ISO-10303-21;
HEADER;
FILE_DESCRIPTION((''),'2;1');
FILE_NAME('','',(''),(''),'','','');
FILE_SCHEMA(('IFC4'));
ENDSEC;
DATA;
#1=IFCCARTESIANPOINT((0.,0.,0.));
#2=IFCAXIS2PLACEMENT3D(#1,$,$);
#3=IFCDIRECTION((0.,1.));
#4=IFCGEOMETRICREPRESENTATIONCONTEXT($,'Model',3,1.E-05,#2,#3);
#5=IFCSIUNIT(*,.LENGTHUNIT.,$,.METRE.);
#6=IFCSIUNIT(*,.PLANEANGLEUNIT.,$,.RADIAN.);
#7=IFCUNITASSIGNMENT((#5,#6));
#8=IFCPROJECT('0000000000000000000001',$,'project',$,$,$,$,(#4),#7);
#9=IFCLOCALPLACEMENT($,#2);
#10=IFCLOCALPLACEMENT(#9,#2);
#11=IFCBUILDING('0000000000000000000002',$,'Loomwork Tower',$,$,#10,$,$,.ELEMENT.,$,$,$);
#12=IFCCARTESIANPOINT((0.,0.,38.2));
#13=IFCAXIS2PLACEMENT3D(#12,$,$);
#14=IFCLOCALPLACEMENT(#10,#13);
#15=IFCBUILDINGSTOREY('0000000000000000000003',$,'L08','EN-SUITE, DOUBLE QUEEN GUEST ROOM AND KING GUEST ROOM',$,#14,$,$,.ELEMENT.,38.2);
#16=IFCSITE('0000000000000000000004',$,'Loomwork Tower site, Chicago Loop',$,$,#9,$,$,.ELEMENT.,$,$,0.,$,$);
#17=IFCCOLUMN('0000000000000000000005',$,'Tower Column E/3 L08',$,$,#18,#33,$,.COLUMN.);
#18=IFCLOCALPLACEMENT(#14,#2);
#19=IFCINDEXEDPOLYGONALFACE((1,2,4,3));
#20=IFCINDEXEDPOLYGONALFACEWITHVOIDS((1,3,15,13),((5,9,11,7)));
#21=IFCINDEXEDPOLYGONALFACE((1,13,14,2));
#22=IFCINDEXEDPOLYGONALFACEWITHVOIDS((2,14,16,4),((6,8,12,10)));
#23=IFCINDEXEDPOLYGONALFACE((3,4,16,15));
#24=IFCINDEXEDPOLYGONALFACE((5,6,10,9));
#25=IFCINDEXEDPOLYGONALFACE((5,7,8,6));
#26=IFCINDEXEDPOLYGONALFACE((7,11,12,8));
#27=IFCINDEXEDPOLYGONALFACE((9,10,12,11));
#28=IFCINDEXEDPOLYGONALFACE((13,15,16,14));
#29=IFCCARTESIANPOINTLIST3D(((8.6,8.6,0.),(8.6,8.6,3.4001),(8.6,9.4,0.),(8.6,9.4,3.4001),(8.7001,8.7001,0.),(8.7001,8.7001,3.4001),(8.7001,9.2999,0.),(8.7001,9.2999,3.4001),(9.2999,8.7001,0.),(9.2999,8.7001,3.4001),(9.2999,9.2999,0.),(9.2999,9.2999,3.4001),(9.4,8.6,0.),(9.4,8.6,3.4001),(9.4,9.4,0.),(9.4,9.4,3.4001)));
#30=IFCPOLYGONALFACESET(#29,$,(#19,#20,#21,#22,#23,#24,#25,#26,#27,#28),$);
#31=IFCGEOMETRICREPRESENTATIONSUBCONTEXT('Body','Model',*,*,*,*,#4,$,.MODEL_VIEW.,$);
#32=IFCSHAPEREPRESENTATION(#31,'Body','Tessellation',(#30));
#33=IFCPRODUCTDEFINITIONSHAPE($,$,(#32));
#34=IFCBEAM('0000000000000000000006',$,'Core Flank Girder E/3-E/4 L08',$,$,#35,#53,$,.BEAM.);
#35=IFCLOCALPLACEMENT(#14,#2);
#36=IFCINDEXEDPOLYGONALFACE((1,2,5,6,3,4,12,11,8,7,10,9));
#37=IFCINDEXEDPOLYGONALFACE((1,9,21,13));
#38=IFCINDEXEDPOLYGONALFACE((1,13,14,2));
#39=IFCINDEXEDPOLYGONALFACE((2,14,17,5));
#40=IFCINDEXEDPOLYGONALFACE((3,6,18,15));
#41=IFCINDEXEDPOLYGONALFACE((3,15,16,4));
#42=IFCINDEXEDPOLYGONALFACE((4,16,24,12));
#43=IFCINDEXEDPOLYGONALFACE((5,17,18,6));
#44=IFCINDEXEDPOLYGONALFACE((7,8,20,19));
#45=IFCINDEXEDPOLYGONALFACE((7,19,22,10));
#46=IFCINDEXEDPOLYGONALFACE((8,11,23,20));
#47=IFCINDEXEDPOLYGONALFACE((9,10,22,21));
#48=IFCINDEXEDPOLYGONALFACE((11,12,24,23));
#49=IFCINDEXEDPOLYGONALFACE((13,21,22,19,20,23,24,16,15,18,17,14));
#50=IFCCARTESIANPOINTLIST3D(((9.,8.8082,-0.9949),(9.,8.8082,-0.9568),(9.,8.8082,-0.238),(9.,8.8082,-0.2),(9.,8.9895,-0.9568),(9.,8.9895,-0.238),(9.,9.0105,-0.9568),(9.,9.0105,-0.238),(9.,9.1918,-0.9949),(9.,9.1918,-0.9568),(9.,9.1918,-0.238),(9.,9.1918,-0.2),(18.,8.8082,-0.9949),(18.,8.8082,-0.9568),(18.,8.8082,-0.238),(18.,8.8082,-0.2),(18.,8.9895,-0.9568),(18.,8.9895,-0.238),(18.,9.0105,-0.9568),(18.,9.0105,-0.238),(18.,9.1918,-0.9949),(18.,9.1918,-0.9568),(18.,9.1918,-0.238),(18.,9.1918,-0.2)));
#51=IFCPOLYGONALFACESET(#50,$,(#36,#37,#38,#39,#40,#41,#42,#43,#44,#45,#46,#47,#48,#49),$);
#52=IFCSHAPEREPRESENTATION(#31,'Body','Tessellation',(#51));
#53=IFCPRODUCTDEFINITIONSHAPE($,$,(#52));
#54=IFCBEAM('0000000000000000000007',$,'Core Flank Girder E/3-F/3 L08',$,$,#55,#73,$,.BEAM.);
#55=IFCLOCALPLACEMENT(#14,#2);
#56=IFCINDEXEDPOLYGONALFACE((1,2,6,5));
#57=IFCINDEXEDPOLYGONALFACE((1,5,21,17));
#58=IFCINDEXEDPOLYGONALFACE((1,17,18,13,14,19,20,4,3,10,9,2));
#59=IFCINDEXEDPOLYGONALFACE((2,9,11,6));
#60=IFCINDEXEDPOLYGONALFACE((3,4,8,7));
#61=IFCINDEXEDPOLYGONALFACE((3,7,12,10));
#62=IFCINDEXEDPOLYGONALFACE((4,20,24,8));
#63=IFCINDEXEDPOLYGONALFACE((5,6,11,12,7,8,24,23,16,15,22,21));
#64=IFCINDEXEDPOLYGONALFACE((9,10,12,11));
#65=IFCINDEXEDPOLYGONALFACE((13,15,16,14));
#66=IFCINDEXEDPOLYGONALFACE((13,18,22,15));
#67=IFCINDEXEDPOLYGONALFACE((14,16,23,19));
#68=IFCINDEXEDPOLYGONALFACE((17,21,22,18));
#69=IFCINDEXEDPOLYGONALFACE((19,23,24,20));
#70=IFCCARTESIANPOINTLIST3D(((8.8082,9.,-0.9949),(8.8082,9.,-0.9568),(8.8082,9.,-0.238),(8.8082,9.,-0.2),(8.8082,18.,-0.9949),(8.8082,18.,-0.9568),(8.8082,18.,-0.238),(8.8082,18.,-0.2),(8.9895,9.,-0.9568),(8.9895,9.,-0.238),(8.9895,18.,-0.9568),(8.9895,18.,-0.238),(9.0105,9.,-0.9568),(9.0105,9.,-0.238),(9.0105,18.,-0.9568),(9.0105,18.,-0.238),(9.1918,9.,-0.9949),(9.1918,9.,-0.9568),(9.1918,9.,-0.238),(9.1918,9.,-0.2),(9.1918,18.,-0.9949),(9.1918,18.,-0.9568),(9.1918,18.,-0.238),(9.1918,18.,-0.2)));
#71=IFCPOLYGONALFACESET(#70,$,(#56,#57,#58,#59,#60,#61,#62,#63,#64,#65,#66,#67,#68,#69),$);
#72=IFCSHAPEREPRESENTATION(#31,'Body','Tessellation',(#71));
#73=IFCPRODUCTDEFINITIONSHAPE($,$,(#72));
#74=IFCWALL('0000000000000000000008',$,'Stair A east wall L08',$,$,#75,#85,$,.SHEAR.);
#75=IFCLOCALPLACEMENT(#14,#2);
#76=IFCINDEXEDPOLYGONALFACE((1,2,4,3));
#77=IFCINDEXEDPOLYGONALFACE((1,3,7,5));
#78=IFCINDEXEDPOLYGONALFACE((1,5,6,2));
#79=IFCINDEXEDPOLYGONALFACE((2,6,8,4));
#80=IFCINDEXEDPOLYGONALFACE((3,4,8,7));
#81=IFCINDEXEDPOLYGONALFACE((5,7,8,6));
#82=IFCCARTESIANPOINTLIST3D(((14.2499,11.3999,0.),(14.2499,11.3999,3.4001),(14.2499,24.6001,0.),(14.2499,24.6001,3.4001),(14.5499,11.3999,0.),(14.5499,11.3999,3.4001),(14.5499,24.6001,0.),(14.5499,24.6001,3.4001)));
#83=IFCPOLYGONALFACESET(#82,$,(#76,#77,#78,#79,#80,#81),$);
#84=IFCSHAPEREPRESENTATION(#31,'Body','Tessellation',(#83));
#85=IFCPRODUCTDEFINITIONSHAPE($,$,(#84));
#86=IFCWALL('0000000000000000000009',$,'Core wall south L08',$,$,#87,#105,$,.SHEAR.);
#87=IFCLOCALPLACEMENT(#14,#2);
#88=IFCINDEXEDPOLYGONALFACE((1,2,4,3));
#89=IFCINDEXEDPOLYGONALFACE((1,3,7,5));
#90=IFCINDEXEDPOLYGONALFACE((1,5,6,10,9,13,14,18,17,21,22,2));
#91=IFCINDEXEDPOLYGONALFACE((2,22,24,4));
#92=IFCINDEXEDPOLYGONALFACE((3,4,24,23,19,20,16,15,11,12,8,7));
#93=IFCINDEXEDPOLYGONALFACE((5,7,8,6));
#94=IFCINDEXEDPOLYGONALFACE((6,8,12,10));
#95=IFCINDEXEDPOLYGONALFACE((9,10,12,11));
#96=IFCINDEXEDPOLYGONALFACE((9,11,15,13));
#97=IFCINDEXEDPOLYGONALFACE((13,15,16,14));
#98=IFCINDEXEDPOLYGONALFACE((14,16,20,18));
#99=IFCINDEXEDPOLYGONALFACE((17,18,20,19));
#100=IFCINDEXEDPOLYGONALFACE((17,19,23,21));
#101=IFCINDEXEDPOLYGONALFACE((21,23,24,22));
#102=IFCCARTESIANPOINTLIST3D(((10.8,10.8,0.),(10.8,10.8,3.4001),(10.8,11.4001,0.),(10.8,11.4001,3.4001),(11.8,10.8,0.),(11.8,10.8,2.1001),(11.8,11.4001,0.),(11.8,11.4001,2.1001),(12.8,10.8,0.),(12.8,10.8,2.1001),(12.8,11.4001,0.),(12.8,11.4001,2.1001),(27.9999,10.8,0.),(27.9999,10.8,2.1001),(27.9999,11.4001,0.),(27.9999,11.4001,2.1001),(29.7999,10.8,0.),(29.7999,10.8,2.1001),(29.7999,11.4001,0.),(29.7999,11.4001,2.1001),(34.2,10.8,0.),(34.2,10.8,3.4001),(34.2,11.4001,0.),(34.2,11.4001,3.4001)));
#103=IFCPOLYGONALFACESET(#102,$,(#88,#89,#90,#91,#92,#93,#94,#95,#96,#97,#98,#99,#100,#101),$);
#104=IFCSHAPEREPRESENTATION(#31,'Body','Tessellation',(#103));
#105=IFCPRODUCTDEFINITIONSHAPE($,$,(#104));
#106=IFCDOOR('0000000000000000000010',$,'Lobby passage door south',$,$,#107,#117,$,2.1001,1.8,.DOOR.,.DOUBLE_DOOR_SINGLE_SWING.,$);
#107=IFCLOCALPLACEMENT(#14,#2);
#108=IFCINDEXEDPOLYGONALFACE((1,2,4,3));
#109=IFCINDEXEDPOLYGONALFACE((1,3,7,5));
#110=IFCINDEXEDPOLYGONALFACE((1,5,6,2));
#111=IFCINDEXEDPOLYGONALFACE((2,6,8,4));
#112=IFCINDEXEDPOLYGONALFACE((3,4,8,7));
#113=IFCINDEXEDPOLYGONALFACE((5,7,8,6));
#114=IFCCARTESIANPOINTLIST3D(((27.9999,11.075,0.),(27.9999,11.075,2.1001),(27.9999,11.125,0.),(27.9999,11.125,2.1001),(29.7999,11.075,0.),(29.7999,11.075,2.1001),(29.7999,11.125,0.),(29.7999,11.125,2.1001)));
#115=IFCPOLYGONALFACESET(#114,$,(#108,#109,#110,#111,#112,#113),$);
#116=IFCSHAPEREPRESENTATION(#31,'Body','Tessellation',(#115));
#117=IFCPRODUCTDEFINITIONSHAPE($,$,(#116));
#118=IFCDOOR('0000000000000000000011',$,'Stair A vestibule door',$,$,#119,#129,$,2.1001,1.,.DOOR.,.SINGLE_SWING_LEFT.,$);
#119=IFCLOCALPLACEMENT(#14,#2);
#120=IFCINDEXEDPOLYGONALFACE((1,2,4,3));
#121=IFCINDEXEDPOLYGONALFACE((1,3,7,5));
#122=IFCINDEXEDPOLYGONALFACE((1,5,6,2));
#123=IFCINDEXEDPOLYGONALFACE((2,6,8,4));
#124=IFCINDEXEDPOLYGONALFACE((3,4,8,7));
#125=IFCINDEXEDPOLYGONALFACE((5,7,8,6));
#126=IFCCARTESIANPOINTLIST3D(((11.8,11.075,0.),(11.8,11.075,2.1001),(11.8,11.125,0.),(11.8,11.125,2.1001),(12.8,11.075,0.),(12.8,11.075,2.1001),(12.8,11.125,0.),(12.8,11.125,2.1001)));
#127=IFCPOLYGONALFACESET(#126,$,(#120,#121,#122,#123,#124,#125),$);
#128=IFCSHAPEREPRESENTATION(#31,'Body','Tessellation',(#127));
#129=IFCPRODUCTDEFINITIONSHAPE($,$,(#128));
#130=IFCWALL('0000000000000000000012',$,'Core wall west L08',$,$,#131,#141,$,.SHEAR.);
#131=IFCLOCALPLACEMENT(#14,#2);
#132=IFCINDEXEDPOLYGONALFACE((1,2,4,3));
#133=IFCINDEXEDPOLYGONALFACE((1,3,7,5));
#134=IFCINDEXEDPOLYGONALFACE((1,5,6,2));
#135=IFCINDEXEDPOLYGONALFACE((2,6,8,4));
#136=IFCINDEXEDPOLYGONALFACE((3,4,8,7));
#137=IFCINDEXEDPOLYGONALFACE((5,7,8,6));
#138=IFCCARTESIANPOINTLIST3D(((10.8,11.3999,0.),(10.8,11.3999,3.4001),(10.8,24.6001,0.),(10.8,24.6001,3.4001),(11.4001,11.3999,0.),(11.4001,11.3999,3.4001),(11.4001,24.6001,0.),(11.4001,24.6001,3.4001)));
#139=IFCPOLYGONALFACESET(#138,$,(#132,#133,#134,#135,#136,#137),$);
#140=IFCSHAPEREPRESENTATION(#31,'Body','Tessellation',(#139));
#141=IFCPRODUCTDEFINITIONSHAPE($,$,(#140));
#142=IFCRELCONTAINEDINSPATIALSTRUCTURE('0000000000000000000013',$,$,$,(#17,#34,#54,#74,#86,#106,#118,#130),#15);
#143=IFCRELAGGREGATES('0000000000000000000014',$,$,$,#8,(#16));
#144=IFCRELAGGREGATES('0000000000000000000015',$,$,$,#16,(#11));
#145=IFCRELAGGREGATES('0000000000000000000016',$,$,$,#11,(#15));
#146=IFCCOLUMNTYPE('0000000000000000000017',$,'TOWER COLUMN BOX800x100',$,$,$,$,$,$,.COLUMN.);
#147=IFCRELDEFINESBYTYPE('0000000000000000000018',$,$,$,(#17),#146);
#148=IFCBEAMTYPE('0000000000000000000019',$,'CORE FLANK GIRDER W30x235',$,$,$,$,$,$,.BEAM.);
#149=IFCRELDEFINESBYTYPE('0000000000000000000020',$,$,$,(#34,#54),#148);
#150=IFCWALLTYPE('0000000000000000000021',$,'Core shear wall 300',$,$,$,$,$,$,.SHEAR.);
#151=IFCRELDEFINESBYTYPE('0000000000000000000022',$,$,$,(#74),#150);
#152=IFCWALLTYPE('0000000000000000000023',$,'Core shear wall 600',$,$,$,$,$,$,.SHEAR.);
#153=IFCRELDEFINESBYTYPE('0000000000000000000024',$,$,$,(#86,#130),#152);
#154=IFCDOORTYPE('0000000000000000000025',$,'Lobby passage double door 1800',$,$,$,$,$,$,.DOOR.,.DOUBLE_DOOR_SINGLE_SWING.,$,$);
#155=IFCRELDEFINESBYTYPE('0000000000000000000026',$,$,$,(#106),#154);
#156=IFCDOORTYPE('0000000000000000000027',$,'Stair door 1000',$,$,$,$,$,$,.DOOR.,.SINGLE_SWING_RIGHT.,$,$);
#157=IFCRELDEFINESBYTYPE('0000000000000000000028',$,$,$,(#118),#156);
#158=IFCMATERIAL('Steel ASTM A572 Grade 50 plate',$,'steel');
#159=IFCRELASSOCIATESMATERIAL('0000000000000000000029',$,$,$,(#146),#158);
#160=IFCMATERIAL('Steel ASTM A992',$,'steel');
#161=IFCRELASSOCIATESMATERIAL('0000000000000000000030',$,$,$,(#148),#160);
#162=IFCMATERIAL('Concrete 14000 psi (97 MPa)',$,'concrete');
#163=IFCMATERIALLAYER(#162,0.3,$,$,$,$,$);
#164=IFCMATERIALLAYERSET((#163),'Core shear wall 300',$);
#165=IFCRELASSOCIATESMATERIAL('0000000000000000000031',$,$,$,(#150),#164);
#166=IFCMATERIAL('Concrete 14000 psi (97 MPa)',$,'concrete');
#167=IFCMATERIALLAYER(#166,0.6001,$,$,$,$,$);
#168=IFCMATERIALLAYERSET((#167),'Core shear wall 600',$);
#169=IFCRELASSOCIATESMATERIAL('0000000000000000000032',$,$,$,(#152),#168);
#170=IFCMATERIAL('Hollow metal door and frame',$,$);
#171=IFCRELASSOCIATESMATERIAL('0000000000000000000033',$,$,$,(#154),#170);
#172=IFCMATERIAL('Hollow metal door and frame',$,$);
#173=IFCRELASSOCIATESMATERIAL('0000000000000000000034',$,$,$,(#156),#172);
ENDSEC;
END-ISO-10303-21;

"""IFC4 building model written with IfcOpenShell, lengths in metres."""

from ifc_helpers import new_model, si_unit, direction, frame, frame_2d, origin, origin_2d, place, context, subcontext, project, spatial, rectangle, hollow_rectangle, i_section, extrude, material, layer, layer_set, material_profile, profile_set, type_object, element, fill, save


model = new_model("IFC4")

# Units and contexts
model_context = context("Model", 3, precision=1e-05, world=origin(), true_north=direction((0.0, 1.0)))
body_context = subcontext(model_context, "Body", "Model", "MODEL_VIEW")
ifc_project = project(units=[si_unit("LENGTHUNIT", "METRE"), si_unit("PLANEANGLEUNIT", "RADIAN")], contexts=[model_context])

# Site, building, storey
site_placement = place(None, origin())
site = spatial("IfcSite", under=ifc_project, at=site_placement, Name="Loomwork Tower site, Chicago Loop", CompositionType="ELEMENT", RefElevation=0.0)
building_placement = place(site_placement, origin())
building = spatial("IfcBuilding", under=site, at=building_placement, Name="Loomwork Tower", CompositionType="ELEMENT")
storey_placement = place(building_placement, frame((0.0, 0.0, 38.2)))
storey = spatial("IfcBuildingStorey", under=building, at=storey_placement, Name="L08", Description="EN-SUITE, DOUBLE QUEEN GUEST ROOM AND KING GUEST ROOM", CompositionType="ELEMENT", Elevation=38.2)

# Column
ifc_material_1 = material(Name="Steel ASTM A572 Grade 50 plate", Category="steel")
ifc_material_profile_1 = material_profile(ifc_material_1, hollow_rectangle(XDim=0.8, YDim=0.8, WallThickness=0.1001, at=origin_2d()), Name="BOX800x100")
ifc_profile_set_1 = profile_set([ifc_material_profile_1], Name="Steel ASTM A572 Grade 50 plate")
column_type = type_object("IfcColumnType", Name="TOWER COLUMN BOX800x100", PredefinedType="COLUMN", material=ifc_profile_set_1)
column_placement = place(storey_placement, frame((9.0, 9.0, 0.0), z_axis=(0.0, 0.0, 1.0), x_axis=(1.0, 0.0, 0.0)))
element("IfcColumn", 1, at=column_placement, inside=storey, type_object=column_type, Name="Tower Column E/3 L08", PredefinedType="COLUMN", context=body_context, shape_type="SweptSolid", body=[
    extrude(hollow_rectangle(XDim=0.8, YDim=0.8, WallThickness=0.1001, at=origin_2d()), origin(), (0.0, 0.0, 1.0), 3.4001),
])

# Beams
ifc_material_2 = material(Name="Steel ASTM A992", Category="steel")
ifc_material_profile_2 = material_profile(ifc_material_2, i_section(OverallWidth=0.3835, OverallDepth=0.7949, WebThickness=0.021, FlangeThickness=0.0381, at=origin_2d()), Name="W30x235")
ifc_profile_set_2 = profile_set([ifc_material_profile_2], Name="Steel ASTM A992")
beam_type = type_object("IfcBeamType", Name="CORE FLANK GIRDER W30x235", PredefinedType="BEAM", material=ifc_profile_set_2)
for number, where, z_axis, x_axis, name in (
    (2, (9.0, 9.0, -0.5974), (1.0, 0.0, 0.0), (0.0, 1.0, 0.0), "Core Flank Girder E/3-E/4 L08"),
    (3, (9.0, 9.0, -0.5974), (0.0, 1.0, 0.0), (-1.0, 0.0, 0.0), "Core Flank Girder E/3-F/3 L08"),
):
    element("IfcBeam", number, at=place(storey_placement, frame(where, z_axis=z_axis, x_axis=x_axis)), inside=storey, type_object=beam_type, Name=name, PredefinedType="BEAM", context=body_context, shape_type="SweptSolid", body=[
        extrude(i_section(OverallWidth=0.3835, OverallDepth=0.7949, WebThickness=0.021, FlangeThickness=0.0381, at=origin_2d()), origin(), (0.0, 0.0, 1.0), 9.0),
    ])

# Wall
ifc_material_3 = material(Name="Concrete 14000 psi (97 MPa)", Category="concrete")
ifc_layer_1 = layer(ifc_material_3, 0.3)
ifc_layer_set_1 = layer_set([ifc_layer_1], Name="Core shear wall 300")
wall_type_1 = type_object("IfcWallType", Name="Core shear wall 300", PredefinedType="SHEAR", material=ifc_layer_set_1)
wall_1_placement = place(storey_placement, frame((14.3999, 11.3999, 0.0), z_axis=(0.0, 0.0, 1.0), x_axis=(0.0, 1.0, 0.0)))
element("IfcWall", 4, at=wall_1_placement, inside=storey, type_object=wall_type_1, Name="Stair A east wall L08", PredefinedType="SHEAR", context=body_context, shape_type="SweptSolid", body=[
    extrude(rectangle(XDim=13.2002, YDim=0.3, at=frame_2d((6.6001, 0.0))), origin(), (0.0, 0.0, 1.0), 3.4001),
])

# Wall, openings, doors
ifc_material_4 = material(Name="Concrete 14000 psi (97 MPa)", Category="concrete")
ifc_layer_2 = layer(ifc_material_4, 0.6001)
ifc_layer_set_2 = layer_set([ifc_layer_2], Name="Core shear wall 600")
wall_type_2 = type_object("IfcWallType", Name="Core shear wall 600", PredefinedType="SHEAR", material=ifc_layer_set_2)
wall_2_placement = place(storey_placement, frame((10.8, 11.1001, 0.0), z_axis=(0.0, 0.0, 1.0), x_axis=(1.0, 0.0, 0.0)))
wall_2 = element("IfcWall", 5, at=wall_2_placement, inside=storey, type_object=wall_type_2, Name="Core wall south L08", PredefinedType="SHEAR", context=body_context, shape_type="SweptSolid", body=[
    extrude(rectangle(XDim=23.3999, YDim=0.6001, at=frame_2d((11.7, 0.0))), origin(), (0.0, 0.0, 1.0), 3.4001),
])
opening_1_placement = place(wall_2_placement, frame((1.0, 0.0, 0.0)))
opening_1 = element("IfcOpeningElement", 6, at=opening_1_placement, cuts=wall_2, PredefinedType="OPENING", context=body_context, shape_type="SweptSolid", body=[
    extrude(rectangle(XDim=1.0, YDim=2.1001, at=frame_2d((0.5, 1.05))), frame((0.0, 0.3101, 0.0), z_axis=(0.0, -1.0, 0.0), x_axis=(1.0, 0.0, 0.0)), (0.0, 0.0, 1.0), 0.6201),
])
opening_2_placement = place(wall_2_placement, frame((17.2, 0.0, 0.0)))
opening_2 = element("IfcOpeningElement", 7, at=opening_2_placement, cuts=wall_2, PredefinedType="OPENING", context=body_context, shape_type="SweptSolid", body=[
    extrude(rectangle(XDim=1.8, YDim=2.1001, at=frame_2d((0.8999, 1.05))), frame((0.0, 0.3101, 0.0), z_axis=(0.0, -1.0, 0.0), x_axis=(1.0, 0.0, 0.0)), (0.0, 0.0, 1.0), 0.6201),
])
ifc_material_5 = material(Name="Hollow metal door and frame")
door_type_1 = type_object("IfcDoorType", Name="Lobby passage double door 1800", OperationType="DOUBLE_DOOR_SINGLE_SWING", PredefinedType="DOOR", material=ifc_material_5)
door_1_placement = place(opening_2_placement, origin())
door_1 = element("IfcDoor", 8, at=door_1_placement, inside=storey, type_object=door_type_1, Name="Lobby passage door south", OperationType="DOUBLE_DOOR_SINGLE_SWING", OverallHeight=2.1001, OverallWidth=1.8, PredefinedType="DOOR", context=body_context, shape_type="SweptSolid", body=[
    extrude(rectangle(XDim=1.8, YDim=2.1001, at=frame_2d((0.8999, 1.05))), frame((0.0, 0.0249, 0.0), z_axis=(0.0, -1.0, 0.0), x_axis=(1.0, 0.0, 0.0)), (0.0, 0.0, 1.0), 0.05),
])
fill(opening_2, door_1)
ifc_material_6 = material(Name="Hollow metal door and frame")
door_type_2 = type_object("IfcDoorType", Name="Stair door 1000", OperationType="SINGLE_SWING_RIGHT", PredefinedType="DOOR", material=ifc_material_6)
door_2_placement = place(opening_1_placement, origin())
door_2 = element("IfcDoor", 9, at=door_2_placement, inside=storey, type_object=door_type_2, Name="Stair A vestibule door", OperationType="SINGLE_SWING_LEFT", OverallHeight=2.1001, OverallWidth=1.0, PredefinedType="DOOR", context=body_context, shape_type="SweptSolid", body=[
    extrude(rectangle(XDim=1.0, YDim=2.1001, at=frame_2d((0.5, 1.05))), frame((0.0, 0.0249, 0.0), z_axis=(0.0, -1.0, 0.0), x_axis=(1.0, 0.0, 0.0)), (0.0, 0.0, 1.0), 0.05),
])
fill(opening_1, door_2)

# Wall
wall_3_placement = place(storey_placement, frame((11.1001, 11.3999, 0.0), z_axis=(0.0, 0.0, 1.0), x_axis=(0.0, 1.0, 0.0)))
element("IfcWall", 10, at=wall_3_placement, inside=storey, type_object=wall_type_2, Name="Core wall west L08", PredefinedType="SHEAR", context=body_context, shape_type="SweptSolid", body=[
    extrude(rectangle(XDim=13.2002, YDim=0.6001, at=frame_2d((6.6001, 0.0))), origin(), (0.0, 0.0, 1.0), 3.4001),
])

save(model, "model.ifc")
